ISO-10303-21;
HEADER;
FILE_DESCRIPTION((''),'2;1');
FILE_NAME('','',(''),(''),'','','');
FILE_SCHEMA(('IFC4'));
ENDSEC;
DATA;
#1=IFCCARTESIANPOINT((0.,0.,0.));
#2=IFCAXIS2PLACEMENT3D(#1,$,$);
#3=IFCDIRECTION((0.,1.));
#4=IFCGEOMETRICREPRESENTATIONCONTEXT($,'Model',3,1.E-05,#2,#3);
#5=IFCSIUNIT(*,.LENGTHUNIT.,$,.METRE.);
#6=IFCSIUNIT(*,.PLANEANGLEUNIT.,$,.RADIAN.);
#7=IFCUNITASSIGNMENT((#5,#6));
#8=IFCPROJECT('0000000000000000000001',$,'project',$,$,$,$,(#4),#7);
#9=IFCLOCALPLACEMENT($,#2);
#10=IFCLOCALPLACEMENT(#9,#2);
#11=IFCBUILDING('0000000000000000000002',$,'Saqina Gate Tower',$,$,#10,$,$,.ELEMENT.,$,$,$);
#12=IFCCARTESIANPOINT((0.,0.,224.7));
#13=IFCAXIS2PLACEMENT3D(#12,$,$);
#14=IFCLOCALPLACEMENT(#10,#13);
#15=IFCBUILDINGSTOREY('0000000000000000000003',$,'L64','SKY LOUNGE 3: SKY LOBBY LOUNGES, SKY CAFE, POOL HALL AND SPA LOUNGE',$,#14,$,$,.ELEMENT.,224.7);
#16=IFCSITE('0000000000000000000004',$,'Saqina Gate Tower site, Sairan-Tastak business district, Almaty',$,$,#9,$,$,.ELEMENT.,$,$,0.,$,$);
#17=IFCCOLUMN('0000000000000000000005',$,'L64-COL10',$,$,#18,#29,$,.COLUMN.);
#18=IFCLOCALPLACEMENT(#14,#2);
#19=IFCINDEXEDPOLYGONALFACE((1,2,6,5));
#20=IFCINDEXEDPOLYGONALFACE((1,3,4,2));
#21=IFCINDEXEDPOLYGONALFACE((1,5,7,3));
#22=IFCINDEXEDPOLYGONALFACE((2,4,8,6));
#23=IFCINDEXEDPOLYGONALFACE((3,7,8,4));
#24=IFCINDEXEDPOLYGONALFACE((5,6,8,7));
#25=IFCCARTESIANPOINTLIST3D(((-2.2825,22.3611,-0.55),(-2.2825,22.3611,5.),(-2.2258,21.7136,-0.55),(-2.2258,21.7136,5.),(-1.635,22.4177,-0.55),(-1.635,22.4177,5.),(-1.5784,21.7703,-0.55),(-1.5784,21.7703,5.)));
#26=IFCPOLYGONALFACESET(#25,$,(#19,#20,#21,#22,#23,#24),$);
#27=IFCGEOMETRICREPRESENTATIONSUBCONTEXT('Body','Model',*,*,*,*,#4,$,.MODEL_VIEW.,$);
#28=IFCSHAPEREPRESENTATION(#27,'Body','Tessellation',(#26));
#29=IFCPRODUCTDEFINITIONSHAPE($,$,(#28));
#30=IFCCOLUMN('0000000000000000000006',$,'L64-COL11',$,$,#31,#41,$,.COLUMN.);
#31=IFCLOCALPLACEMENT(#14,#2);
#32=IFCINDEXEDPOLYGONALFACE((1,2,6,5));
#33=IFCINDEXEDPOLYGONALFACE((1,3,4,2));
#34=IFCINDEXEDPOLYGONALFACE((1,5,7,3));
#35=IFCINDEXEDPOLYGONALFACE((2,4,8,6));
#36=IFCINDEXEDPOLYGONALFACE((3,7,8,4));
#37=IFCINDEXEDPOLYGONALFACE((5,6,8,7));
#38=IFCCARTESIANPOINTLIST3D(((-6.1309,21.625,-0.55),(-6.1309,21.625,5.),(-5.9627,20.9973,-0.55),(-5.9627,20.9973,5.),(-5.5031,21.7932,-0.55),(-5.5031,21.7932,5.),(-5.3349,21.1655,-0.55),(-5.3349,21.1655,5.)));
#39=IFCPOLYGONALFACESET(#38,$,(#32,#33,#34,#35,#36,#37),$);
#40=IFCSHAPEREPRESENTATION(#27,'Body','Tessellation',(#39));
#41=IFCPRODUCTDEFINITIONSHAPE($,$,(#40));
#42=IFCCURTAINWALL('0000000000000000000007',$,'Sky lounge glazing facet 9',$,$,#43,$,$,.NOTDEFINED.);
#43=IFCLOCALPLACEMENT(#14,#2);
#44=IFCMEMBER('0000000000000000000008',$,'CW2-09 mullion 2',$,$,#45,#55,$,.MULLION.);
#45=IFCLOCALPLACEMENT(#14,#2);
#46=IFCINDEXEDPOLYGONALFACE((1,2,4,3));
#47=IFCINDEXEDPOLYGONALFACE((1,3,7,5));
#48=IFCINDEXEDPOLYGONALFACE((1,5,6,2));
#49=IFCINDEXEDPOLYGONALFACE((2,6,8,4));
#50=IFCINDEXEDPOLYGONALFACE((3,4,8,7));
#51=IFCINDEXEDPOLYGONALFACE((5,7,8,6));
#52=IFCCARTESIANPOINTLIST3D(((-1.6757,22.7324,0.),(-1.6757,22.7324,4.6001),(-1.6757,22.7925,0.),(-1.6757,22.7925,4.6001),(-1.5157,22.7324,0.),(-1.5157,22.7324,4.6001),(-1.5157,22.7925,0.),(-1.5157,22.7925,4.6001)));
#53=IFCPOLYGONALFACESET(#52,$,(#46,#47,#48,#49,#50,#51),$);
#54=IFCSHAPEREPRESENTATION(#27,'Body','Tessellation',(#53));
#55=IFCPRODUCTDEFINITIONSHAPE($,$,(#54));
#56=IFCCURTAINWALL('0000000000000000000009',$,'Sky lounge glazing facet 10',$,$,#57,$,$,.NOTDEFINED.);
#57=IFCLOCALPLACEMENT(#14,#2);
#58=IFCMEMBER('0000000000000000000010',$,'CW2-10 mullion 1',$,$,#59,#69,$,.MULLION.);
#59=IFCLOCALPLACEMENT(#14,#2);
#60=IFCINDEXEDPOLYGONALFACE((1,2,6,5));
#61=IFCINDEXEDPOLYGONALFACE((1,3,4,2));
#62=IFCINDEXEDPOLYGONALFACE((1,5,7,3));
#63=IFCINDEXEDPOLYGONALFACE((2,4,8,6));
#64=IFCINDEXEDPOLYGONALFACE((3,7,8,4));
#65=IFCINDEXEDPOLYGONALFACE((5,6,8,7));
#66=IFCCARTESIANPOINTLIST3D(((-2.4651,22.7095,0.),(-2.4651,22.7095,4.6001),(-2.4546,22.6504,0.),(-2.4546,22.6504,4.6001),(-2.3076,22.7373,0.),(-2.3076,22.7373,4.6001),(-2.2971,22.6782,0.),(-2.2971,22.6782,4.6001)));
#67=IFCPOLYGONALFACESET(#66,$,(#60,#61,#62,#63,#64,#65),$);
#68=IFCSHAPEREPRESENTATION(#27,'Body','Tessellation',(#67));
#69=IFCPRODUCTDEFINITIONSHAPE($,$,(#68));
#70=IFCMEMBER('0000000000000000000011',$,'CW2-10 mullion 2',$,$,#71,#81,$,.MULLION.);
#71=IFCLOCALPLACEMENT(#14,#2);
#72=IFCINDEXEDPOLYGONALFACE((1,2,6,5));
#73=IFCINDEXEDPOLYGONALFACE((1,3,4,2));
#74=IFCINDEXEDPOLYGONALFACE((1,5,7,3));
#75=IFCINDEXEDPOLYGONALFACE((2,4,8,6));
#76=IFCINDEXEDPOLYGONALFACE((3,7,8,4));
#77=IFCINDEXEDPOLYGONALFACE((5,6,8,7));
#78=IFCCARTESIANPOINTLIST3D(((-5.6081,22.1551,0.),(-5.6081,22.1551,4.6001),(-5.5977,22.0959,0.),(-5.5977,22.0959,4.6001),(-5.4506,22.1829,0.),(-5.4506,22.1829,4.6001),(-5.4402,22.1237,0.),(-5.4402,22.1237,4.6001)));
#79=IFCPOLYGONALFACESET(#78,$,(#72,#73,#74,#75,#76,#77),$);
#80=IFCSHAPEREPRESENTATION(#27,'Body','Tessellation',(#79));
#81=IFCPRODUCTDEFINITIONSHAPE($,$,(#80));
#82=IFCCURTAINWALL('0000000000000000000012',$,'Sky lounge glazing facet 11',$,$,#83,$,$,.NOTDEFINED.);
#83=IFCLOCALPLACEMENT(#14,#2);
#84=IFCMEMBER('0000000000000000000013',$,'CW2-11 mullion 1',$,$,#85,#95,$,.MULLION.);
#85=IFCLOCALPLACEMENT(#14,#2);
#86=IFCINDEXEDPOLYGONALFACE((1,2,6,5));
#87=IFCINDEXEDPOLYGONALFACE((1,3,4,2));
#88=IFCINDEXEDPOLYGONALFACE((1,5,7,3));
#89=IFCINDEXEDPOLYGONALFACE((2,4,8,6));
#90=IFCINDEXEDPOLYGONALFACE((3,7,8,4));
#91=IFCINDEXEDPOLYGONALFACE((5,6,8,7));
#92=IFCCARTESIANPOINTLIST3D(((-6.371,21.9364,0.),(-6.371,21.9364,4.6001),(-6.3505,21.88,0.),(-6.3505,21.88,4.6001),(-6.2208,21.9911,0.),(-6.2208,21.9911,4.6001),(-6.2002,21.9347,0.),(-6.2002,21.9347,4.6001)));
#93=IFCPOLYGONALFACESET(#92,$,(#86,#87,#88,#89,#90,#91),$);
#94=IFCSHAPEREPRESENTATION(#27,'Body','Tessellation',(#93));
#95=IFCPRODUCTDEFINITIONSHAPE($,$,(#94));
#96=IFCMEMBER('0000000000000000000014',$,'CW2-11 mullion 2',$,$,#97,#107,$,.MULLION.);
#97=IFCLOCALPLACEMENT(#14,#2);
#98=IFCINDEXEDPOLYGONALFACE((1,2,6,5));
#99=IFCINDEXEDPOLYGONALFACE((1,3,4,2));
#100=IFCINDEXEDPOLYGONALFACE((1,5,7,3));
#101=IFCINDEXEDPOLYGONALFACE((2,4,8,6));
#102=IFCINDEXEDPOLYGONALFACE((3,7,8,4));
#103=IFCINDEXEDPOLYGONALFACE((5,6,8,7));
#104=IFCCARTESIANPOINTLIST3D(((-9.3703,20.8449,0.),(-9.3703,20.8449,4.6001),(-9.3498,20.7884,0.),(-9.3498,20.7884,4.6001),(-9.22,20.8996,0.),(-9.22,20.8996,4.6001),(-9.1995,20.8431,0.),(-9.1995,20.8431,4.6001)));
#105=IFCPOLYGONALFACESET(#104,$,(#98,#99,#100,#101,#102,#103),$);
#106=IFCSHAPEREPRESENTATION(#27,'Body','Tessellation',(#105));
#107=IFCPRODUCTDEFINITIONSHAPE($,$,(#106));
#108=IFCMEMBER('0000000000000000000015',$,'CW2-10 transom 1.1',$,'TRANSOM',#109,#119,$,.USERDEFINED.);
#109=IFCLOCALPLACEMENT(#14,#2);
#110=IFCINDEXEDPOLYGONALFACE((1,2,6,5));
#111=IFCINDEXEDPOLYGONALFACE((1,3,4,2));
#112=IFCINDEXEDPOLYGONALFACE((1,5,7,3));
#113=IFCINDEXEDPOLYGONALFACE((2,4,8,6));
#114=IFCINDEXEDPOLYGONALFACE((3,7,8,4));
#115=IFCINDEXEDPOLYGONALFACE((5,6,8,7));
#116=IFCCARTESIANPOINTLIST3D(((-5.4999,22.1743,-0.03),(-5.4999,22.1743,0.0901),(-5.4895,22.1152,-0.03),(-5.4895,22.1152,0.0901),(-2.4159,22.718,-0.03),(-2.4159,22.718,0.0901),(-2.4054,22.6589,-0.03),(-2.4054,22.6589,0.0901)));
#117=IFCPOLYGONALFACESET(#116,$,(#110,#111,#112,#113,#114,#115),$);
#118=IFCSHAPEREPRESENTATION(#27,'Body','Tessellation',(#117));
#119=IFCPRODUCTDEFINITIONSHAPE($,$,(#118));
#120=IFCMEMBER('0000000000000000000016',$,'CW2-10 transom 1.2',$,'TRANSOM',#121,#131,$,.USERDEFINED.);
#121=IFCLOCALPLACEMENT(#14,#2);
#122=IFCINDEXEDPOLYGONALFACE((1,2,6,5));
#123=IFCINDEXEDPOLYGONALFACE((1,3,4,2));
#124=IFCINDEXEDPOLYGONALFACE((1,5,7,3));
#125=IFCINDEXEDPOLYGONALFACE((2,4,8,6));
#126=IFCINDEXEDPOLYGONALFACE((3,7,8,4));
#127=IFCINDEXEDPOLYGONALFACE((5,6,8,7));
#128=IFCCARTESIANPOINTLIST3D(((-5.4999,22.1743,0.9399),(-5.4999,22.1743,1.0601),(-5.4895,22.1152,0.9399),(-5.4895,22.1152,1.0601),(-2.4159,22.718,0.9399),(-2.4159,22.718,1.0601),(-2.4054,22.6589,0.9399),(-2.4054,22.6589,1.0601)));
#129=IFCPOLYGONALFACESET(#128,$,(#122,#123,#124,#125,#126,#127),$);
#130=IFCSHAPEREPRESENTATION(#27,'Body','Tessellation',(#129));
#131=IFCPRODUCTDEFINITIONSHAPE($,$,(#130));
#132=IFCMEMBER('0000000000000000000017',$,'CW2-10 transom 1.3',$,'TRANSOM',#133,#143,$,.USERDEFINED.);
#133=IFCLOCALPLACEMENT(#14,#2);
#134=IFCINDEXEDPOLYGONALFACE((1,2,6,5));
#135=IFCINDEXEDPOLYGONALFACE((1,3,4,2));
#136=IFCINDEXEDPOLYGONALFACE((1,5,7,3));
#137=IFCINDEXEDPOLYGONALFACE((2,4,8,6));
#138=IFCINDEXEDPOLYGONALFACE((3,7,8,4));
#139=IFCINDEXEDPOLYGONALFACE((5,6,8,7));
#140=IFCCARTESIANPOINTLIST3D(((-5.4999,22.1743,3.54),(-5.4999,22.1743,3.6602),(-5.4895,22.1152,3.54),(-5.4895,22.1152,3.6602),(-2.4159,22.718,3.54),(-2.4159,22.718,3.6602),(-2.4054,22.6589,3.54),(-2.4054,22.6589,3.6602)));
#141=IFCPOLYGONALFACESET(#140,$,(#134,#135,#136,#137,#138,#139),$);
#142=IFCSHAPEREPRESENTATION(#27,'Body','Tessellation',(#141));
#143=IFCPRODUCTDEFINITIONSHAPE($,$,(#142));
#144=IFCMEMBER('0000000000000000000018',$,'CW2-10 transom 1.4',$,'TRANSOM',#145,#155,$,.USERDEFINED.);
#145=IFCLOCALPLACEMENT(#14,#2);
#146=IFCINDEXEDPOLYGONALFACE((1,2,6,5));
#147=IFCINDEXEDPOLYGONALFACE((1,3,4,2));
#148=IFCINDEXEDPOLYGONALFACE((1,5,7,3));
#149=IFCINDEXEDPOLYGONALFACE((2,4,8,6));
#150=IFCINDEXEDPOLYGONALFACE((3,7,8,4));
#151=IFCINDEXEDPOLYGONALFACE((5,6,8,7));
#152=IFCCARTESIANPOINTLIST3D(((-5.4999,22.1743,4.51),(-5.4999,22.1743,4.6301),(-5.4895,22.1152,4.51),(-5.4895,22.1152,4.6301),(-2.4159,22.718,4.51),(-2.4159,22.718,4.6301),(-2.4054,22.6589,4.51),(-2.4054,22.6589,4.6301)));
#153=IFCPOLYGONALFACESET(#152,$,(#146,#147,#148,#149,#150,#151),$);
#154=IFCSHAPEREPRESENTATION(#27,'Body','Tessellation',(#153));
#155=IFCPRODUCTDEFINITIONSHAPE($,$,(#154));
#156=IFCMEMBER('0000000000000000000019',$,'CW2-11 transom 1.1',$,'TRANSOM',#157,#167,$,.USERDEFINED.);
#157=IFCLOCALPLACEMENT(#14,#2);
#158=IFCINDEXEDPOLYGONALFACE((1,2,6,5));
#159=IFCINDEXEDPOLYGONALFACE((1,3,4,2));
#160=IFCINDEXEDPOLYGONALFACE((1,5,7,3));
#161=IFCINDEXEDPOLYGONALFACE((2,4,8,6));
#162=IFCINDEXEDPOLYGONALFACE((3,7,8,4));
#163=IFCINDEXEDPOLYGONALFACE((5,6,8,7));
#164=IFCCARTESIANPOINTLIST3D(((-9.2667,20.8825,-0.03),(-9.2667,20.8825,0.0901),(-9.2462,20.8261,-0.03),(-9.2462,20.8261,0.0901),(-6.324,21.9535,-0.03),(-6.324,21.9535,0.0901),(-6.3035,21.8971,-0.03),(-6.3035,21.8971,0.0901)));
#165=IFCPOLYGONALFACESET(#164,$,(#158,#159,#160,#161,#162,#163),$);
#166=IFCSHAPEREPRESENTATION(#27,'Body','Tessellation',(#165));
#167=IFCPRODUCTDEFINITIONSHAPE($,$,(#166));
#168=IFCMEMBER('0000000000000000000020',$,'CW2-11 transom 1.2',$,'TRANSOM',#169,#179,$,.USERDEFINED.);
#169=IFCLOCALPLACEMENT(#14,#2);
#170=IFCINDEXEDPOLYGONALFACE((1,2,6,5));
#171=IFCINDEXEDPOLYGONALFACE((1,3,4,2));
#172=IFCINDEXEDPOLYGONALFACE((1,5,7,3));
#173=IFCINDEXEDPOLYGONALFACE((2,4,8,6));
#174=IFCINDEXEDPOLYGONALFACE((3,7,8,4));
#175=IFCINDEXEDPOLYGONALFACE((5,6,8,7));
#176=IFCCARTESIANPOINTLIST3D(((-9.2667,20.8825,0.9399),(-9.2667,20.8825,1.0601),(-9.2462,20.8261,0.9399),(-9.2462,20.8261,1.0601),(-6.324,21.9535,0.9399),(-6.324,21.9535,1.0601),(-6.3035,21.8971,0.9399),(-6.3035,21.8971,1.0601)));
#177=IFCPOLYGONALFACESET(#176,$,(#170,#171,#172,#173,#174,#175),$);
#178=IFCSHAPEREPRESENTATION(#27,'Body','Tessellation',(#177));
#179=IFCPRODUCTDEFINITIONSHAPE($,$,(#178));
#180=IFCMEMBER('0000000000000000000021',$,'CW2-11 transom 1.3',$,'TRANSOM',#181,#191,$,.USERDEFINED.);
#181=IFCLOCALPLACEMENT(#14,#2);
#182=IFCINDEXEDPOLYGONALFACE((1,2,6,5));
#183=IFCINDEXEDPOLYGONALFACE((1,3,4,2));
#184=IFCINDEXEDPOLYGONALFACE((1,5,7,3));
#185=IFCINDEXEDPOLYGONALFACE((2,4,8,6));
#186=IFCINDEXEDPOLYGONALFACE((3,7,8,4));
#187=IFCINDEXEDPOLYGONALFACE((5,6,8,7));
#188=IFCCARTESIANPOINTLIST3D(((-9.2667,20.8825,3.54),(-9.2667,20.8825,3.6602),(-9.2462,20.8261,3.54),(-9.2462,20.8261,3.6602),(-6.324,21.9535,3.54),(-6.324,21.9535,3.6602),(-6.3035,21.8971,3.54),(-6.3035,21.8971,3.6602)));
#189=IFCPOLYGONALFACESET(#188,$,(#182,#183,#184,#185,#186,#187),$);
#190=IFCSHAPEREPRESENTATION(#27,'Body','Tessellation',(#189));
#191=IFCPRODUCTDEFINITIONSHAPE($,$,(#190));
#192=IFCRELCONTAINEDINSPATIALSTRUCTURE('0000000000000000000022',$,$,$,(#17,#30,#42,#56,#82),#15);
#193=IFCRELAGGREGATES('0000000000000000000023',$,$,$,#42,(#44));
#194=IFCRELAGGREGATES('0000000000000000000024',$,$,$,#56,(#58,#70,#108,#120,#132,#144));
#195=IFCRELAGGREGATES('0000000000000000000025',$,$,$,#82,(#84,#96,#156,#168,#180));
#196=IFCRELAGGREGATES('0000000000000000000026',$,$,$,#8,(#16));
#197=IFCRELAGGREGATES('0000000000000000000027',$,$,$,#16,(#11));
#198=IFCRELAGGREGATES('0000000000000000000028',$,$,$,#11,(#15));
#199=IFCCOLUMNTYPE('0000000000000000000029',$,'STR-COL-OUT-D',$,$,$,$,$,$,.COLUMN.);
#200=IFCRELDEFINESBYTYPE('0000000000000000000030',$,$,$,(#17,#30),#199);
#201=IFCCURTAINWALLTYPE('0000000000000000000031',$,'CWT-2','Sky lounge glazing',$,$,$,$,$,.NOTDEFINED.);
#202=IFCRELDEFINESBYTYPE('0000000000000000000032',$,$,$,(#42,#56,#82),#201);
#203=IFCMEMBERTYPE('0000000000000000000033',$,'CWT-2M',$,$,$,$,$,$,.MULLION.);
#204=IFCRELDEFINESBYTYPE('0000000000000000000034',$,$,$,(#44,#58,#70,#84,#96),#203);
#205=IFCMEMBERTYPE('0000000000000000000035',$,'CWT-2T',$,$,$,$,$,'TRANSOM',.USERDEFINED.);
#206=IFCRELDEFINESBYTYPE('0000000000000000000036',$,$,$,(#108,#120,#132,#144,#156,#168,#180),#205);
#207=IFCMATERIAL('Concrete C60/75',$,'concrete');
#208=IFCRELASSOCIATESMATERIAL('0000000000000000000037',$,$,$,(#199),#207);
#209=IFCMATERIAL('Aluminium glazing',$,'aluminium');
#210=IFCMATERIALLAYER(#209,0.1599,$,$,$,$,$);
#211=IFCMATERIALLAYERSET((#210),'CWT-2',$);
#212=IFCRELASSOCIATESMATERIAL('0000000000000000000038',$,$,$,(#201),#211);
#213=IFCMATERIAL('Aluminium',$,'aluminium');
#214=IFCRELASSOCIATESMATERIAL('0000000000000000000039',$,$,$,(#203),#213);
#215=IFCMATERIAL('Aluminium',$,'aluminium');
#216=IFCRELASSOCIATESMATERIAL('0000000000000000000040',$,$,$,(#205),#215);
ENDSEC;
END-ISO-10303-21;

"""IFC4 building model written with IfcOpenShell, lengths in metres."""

from ifc_helpers import new_model, si_unit, direction, frame, origin, origin_2d, place, context, subcontext, project, spatial, rectangle, extrude, material, layer, layer_set, material_profile, profile_set, type_object, element, aggregate, save


model = new_model("IFC4")

# Units and contexts
model_context = context("Model", 3, precision=1e-05, world=origin(), true_north=direction((0.0, 1.0)))
body_context = subcontext(model_context, "Body", "Model", "MODEL_VIEW")
ifc_project = project(units=[si_unit("LENGTHUNIT", "METRE"), si_unit("PLANEANGLEUNIT", "RADIAN")], contexts=[model_context])

# Site, building, storey
site_placement = place(None, origin())
site = spatial("IfcSite", under=ifc_project, at=site_placement, Name="Saqina Gate Tower site, Sairan-Tastak business district, Almaty", CompositionType="ELEMENT", RefElevation=0.0)
building_placement = place(site_placement, origin())
building = spatial("IfcBuilding", under=site, at=building_placement, Name="Saqina Gate Tower", CompositionType="ELEMENT")
storey_placement = place(building_placement, frame((0.0, 0.0, 224.7)))
storey = spatial("IfcBuildingStorey", under=building, at=storey_placement, Name="L64", Description="SKY LOUNGE 3: SKY LOBBY LOUNGES, SKY CAFE, POOL HALL AND SPA LOUNGE", CompositionType="ELEMENT", Elevation=224.7)

# Columns
ifc_material_1 = material(Name="Concrete C60/75", Category="concrete")
ifc_material_profile_1 = material_profile(ifc_material_1, rectangle(XDim=0.6499, YDim=0.6499, at=origin_2d()), Name="RC 650x650")
ifc_profile_set_1 = profile_set([ifc_material_profile_1], Name="Concrete C60/75")
column_type = type_object("IfcColumnType", Name="STR-COL-OUT-D", PredefinedType="COLUMN", material=ifc_profile_set_1)
for number, where, z_axis, x_axis, name in (
    (1, (-1.9304, 22.0657, -0.55), (0.0, 0.0, 1.0), (-0.087156, 0.996195, 0.0), "L64-COL10"),
    (2, (-5.7329, 21.3953, -0.55), (0.0, 0.0, 1.0), (-0.258819, 0.965926, 0.0), "L64-COL11"),
):
    element("IfcColumn", number, at=place(storey_placement, frame(where, z_axis=z_axis, x_axis=x_axis)), inside=storey, type_object=column_type, Name=name, PredefinedType="COLUMN", context=body_context, shape_type="SweptSolid", body=[
        extrude(rectangle(XDim=0.6499, YDim=0.6499, at=origin_2d()), origin(), (0.0, 0.0, 1.0), 5.55),
    ])

# Curtain wall, member
ifc_material_2 = material(Name="Aluminium glazing", Category="aluminium")
ifc_layer_1 = layer(ifc_material_2, 0.1599)
ifc_layer_set_1 = layer_set([ifc_layer_1], Name="CWT-2")
curtain_wall_type = type_object("IfcCurtainWallType", Name="CWT-2", Description="Sky lounge glazing", PredefinedType="NOTDEFINED", material=ifc_layer_set_1)
curtain_wall_1_placement = place(storey_placement, origin())
curtain_wall_1 = element("IfcCurtainWall", 3, at=curtain_wall_1_placement, inside=storey, type_object=curtain_wall_type, Name="Sky lounge glazing facet 9", PredefinedType="NOTDEFINED")
ifc_material_3 = material(Name="Aluminium", Category="aluminium")
ifc_material_profile_2 = material_profile(ifc_material_3, rectangle(XDim=0.0601, YDim=0.1599, at=origin_2d()), Name="Aluminium 60x160")
ifc_profile_set_2 = profile_set([ifc_material_profile_2], Name="Aluminium")
member_type_1 = type_object("IfcMemberType", Name="CWT-2M", PredefinedType="MULLION", material=ifc_profile_set_2)
member_1_placement = place(storey_placement, frame((-1.5957, 22.7625, 0.0), z_axis=(0.0, 0.0, 1.0), x_axis=(0.0, -1.0, 0.0)))
member_1 = element("IfcMember", 4, at=member_1_placement, type_object=member_type_1, Name="CW2-09 mullion 2", PredefinedType="MULLION", context=body_context, shape_type="SweptSolid", body=[
    extrude(rectangle(XDim=0.0601, YDim=0.1599, at=origin_2d()), origin(), (0.0, 0.0, 1.0), 4.6001),
])
aggregate(curtain_wall_1, [member_1])

# Curtain walls, members
curtain_wall_2_placement = place(storey_placement, origin())
curtain_wall_2 = element("IfcCurtainWall", 5, at=curtain_wall_2_placement, inside=storey, type_object=curtain_wall_type, Name="Sky lounge glazing facet 10", PredefinedType="NOTDEFINED")
member_2_placement = place(storey_placement, frame((-2.3811, 22.6938, 0.0), z_axis=(0.0, 0.0, 1.0), x_axis=(0.173663, -0.984805, 0.0)))
member_2 = element("IfcMember", 6, at=member_2_placement, type_object=member_type_1, Name="CW2-10 mullion 1", PredefinedType="MULLION", context=body_context, shape_type="SweptSolid", body=[
    extrude(rectangle(XDim=0.0601, YDim=0.1599, at=origin_2d()), origin(), (0.0, 0.0, 1.0), 4.6001),
])
member_3_placement = place(storey_placement, frame((-5.5242, 22.1394, 0.0), z_axis=(0.0, 0.0, 1.0), x_axis=(0.173663, -0.984805, 0.0)))
member_3 = element("IfcMember", 7, at=member_3_placement, type_object=member_type_1, Name="CW2-10 mullion 2", PredefinedType="MULLION", context=body_context, shape_type="SweptSolid", body=[
    extrude(rectangle(XDim=0.0601, YDim=0.1599, at=origin_2d()), origin(), (0.0, 0.0, 1.0), 4.6001),
])
curtain_wall_3_placement = place(storey_placement, origin())
curtain_wall_3 = element("IfcCurtainWall", 8, at=curtain_wall_3_placement, inside=storey, type_object=curtain_wall_type, Name="Sky lounge glazing facet 11", PredefinedType="NOTDEFINED")
member_4_placement = place(storey_placement, frame((-6.2856, 21.9355, 0.0), z_axis=(0.0, 0.0, 1.0), x_axis=(0.342007, -0.939697, 0.0)))
member_4 = element("IfcMember", 9, at=member_4_placement, type_object=member_type_1, Name="CW2-11 mullion 1", PredefinedType="MULLION", context=body_context, shape_type="SweptSolid", body=[
    extrude(rectangle(XDim=0.0601, YDim=0.1599, at=origin_2d()), origin(), (0.0, 0.0, 1.0), 4.6001),
])
member_5_placement = place(storey_placement, frame((-9.2849, 20.844, 0.0), z_axis=(0.0, 0.0, 1.0), x_axis=(0.342007, -0.939697, 0.0)))
member_5 = element("IfcMember", 10, at=member_5_placement, type_object=member_type_1, Name="CW2-11 mullion 2", PredefinedType="MULLION", context=body_context, shape_type="SweptSolid", body=[
    extrude(rectangle(XDim=0.0601, YDim=0.1599, at=origin_2d()), origin(), (0.0, 0.0, 1.0), 4.6001),
])

# Members
ifc_material_4 = material(Name="Aluminium", Category="aluminium")
ifc_material_profile_3 = material_profile(ifc_material_4, rectangle(XDim=0.0601, YDim=0.1201, at=origin_2d()), Name="Aluminium 60x120")
ifc_profile_set_3 = profile_set([ifc_material_profile_3], Name="Aluminium")
member_type_2 = type_object("IfcMemberType", Name="CWT-2T", ElementType="TRANSOM", PredefinedType="USERDEFINED", material=ifc_profile_set_3)
member_6_placement = place(storey_placement, frame((-2.4106, 22.6885, 0.03), z_axis=(-0.984813, -0.173621, 0.0), x_axis=(0.173621, -0.984813, 0.0)))
member_6 = element("IfcMember", 11, at=member_6_placement, type_object=member_type_2, Name="CW2-10 transom 1.1", ObjectType="TRANSOM", PredefinedType="USERDEFINED", context=body_context, shape_type="SweptSolid", body=[
    extrude(rectangle(XDim=0.0601, YDim=0.1201, at=origin_2d()), origin(), (0.0, 0.0, 1.0), 3.1316),
])
member_7_placement = place(storey_placement, frame((-2.4106, 22.6885, 1.0), z_axis=(-0.984813, -0.173621, 0.0), x_axis=(0.173621, -0.984813, 0.0)))
member_7 = element("IfcMember", 12, at=member_7_placement, type_object=member_type_2, Name="CW2-10 transom 1.2", ObjectType="TRANSOM", PredefinedType="USERDEFINED", context=body_context, shape_type="SweptSolid", body=[
    extrude(rectangle(XDim=0.0601, YDim=0.1201, at=origin_2d()), origin(), (0.0, 0.0, 1.0), 3.1316),
])
member_8_placement = place(storey_placement, frame((-2.4106, 22.6885, 3.6001), z_axis=(-0.984813, -0.173621, 0.0), x_axis=(0.173621, -0.984813, 0.0)))
member_8 = element("IfcMember", 13, at=member_8_placement, type_object=member_type_2, Name="CW2-10 transom 1.3", ObjectType="TRANSOM", PredefinedType="USERDEFINED", context=body_context, shape_type="SweptSolid", body=[
    extrude(rectangle(XDim=0.0601, YDim=0.1201, at=origin_2d()), origin(), (0.0, 0.0, 1.0), 3.1316),
])
member_9_placement = place(storey_placement, frame((-2.4106, 22.6885, 4.5701), z_axis=(-0.984813, -0.173621, 0.0), x_axis=(0.173621, -0.984813, 0.0)))
member_9 = element("IfcMember", 14, at=member_9_placement, type_object=member_type_2, Name="CW2-10 transom 1.4", ObjectType="TRANSOM", PredefinedType="USERDEFINED", context=body_context, shape_type="SweptSolid", body=[
    extrude(rectangle(XDim=0.0601, YDim=0.1201, at=origin_2d()), origin(), (0.0, 0.0, 1.0), 3.1316),
])
member_10_placement = place(storey_placement, frame((-6.3137, 21.9253, 0.03), z_axis=(-0.9397, -0.342, 0.0), x_axis=(0.342, -0.9397, 0.0)))
member_10 = element("IfcMember", 15, at=member_10_placement, type_object=member_type_2, Name="CW2-11 transom 1.1", ObjectType="TRANSOM", PredefinedType="USERDEFINED", context=body_context, shape_type="SweptSolid", body=[
    extrude(rectangle(XDim=0.0601, YDim=0.1201, at=origin_2d()), origin(), (0.0, 0.0, 1.0), 3.1316),
])
member_11_placement = place(storey_placement, frame((-6.3137, 21.9253, 1.0), z_axis=(-0.9397, -0.342, 0.0), x_axis=(0.342, -0.9397, 0.0)))
member_11 = element("IfcMember", 16, at=member_11_placement, type_object=member_type_2, Name="CW2-11 transom 1.2", ObjectType="TRANSOM", PredefinedType="USERDEFINED", context=body_context, shape_type="SweptSolid", body=[
    extrude(rectangle(XDim=0.0601, YDim=0.1201, at=origin_2d()), origin(), (0.0, 0.0, 1.0), 3.1316),
])
member_12_placement = place(storey_placement, frame((-6.3137, 21.9253, 3.6001), z_axis=(-0.9397, -0.342, 0.0), x_axis=(0.342, -0.9397, 0.0)))
member_12 = element("IfcMember", 17, at=member_12_placement, type_object=member_type_2, Name="CW2-11 transom 1.3", ObjectType="TRANSOM", PredefinedType="USERDEFINED", context=body_context, shape_type="SweptSolid", body=[
    extrude(rectangle(XDim=0.0601, YDim=0.1201, at=origin_2d()), origin(), (0.0, 0.0, 1.0), 3.1316),
])

aggregate(curtain_wall_2, [member_2, member_3, member_6, member_7, member_8, member_9])
aggregate(curtain_wall_3, [member_4, member_5, member_10, member_11, member_12])

save(model, "model.ifc")
